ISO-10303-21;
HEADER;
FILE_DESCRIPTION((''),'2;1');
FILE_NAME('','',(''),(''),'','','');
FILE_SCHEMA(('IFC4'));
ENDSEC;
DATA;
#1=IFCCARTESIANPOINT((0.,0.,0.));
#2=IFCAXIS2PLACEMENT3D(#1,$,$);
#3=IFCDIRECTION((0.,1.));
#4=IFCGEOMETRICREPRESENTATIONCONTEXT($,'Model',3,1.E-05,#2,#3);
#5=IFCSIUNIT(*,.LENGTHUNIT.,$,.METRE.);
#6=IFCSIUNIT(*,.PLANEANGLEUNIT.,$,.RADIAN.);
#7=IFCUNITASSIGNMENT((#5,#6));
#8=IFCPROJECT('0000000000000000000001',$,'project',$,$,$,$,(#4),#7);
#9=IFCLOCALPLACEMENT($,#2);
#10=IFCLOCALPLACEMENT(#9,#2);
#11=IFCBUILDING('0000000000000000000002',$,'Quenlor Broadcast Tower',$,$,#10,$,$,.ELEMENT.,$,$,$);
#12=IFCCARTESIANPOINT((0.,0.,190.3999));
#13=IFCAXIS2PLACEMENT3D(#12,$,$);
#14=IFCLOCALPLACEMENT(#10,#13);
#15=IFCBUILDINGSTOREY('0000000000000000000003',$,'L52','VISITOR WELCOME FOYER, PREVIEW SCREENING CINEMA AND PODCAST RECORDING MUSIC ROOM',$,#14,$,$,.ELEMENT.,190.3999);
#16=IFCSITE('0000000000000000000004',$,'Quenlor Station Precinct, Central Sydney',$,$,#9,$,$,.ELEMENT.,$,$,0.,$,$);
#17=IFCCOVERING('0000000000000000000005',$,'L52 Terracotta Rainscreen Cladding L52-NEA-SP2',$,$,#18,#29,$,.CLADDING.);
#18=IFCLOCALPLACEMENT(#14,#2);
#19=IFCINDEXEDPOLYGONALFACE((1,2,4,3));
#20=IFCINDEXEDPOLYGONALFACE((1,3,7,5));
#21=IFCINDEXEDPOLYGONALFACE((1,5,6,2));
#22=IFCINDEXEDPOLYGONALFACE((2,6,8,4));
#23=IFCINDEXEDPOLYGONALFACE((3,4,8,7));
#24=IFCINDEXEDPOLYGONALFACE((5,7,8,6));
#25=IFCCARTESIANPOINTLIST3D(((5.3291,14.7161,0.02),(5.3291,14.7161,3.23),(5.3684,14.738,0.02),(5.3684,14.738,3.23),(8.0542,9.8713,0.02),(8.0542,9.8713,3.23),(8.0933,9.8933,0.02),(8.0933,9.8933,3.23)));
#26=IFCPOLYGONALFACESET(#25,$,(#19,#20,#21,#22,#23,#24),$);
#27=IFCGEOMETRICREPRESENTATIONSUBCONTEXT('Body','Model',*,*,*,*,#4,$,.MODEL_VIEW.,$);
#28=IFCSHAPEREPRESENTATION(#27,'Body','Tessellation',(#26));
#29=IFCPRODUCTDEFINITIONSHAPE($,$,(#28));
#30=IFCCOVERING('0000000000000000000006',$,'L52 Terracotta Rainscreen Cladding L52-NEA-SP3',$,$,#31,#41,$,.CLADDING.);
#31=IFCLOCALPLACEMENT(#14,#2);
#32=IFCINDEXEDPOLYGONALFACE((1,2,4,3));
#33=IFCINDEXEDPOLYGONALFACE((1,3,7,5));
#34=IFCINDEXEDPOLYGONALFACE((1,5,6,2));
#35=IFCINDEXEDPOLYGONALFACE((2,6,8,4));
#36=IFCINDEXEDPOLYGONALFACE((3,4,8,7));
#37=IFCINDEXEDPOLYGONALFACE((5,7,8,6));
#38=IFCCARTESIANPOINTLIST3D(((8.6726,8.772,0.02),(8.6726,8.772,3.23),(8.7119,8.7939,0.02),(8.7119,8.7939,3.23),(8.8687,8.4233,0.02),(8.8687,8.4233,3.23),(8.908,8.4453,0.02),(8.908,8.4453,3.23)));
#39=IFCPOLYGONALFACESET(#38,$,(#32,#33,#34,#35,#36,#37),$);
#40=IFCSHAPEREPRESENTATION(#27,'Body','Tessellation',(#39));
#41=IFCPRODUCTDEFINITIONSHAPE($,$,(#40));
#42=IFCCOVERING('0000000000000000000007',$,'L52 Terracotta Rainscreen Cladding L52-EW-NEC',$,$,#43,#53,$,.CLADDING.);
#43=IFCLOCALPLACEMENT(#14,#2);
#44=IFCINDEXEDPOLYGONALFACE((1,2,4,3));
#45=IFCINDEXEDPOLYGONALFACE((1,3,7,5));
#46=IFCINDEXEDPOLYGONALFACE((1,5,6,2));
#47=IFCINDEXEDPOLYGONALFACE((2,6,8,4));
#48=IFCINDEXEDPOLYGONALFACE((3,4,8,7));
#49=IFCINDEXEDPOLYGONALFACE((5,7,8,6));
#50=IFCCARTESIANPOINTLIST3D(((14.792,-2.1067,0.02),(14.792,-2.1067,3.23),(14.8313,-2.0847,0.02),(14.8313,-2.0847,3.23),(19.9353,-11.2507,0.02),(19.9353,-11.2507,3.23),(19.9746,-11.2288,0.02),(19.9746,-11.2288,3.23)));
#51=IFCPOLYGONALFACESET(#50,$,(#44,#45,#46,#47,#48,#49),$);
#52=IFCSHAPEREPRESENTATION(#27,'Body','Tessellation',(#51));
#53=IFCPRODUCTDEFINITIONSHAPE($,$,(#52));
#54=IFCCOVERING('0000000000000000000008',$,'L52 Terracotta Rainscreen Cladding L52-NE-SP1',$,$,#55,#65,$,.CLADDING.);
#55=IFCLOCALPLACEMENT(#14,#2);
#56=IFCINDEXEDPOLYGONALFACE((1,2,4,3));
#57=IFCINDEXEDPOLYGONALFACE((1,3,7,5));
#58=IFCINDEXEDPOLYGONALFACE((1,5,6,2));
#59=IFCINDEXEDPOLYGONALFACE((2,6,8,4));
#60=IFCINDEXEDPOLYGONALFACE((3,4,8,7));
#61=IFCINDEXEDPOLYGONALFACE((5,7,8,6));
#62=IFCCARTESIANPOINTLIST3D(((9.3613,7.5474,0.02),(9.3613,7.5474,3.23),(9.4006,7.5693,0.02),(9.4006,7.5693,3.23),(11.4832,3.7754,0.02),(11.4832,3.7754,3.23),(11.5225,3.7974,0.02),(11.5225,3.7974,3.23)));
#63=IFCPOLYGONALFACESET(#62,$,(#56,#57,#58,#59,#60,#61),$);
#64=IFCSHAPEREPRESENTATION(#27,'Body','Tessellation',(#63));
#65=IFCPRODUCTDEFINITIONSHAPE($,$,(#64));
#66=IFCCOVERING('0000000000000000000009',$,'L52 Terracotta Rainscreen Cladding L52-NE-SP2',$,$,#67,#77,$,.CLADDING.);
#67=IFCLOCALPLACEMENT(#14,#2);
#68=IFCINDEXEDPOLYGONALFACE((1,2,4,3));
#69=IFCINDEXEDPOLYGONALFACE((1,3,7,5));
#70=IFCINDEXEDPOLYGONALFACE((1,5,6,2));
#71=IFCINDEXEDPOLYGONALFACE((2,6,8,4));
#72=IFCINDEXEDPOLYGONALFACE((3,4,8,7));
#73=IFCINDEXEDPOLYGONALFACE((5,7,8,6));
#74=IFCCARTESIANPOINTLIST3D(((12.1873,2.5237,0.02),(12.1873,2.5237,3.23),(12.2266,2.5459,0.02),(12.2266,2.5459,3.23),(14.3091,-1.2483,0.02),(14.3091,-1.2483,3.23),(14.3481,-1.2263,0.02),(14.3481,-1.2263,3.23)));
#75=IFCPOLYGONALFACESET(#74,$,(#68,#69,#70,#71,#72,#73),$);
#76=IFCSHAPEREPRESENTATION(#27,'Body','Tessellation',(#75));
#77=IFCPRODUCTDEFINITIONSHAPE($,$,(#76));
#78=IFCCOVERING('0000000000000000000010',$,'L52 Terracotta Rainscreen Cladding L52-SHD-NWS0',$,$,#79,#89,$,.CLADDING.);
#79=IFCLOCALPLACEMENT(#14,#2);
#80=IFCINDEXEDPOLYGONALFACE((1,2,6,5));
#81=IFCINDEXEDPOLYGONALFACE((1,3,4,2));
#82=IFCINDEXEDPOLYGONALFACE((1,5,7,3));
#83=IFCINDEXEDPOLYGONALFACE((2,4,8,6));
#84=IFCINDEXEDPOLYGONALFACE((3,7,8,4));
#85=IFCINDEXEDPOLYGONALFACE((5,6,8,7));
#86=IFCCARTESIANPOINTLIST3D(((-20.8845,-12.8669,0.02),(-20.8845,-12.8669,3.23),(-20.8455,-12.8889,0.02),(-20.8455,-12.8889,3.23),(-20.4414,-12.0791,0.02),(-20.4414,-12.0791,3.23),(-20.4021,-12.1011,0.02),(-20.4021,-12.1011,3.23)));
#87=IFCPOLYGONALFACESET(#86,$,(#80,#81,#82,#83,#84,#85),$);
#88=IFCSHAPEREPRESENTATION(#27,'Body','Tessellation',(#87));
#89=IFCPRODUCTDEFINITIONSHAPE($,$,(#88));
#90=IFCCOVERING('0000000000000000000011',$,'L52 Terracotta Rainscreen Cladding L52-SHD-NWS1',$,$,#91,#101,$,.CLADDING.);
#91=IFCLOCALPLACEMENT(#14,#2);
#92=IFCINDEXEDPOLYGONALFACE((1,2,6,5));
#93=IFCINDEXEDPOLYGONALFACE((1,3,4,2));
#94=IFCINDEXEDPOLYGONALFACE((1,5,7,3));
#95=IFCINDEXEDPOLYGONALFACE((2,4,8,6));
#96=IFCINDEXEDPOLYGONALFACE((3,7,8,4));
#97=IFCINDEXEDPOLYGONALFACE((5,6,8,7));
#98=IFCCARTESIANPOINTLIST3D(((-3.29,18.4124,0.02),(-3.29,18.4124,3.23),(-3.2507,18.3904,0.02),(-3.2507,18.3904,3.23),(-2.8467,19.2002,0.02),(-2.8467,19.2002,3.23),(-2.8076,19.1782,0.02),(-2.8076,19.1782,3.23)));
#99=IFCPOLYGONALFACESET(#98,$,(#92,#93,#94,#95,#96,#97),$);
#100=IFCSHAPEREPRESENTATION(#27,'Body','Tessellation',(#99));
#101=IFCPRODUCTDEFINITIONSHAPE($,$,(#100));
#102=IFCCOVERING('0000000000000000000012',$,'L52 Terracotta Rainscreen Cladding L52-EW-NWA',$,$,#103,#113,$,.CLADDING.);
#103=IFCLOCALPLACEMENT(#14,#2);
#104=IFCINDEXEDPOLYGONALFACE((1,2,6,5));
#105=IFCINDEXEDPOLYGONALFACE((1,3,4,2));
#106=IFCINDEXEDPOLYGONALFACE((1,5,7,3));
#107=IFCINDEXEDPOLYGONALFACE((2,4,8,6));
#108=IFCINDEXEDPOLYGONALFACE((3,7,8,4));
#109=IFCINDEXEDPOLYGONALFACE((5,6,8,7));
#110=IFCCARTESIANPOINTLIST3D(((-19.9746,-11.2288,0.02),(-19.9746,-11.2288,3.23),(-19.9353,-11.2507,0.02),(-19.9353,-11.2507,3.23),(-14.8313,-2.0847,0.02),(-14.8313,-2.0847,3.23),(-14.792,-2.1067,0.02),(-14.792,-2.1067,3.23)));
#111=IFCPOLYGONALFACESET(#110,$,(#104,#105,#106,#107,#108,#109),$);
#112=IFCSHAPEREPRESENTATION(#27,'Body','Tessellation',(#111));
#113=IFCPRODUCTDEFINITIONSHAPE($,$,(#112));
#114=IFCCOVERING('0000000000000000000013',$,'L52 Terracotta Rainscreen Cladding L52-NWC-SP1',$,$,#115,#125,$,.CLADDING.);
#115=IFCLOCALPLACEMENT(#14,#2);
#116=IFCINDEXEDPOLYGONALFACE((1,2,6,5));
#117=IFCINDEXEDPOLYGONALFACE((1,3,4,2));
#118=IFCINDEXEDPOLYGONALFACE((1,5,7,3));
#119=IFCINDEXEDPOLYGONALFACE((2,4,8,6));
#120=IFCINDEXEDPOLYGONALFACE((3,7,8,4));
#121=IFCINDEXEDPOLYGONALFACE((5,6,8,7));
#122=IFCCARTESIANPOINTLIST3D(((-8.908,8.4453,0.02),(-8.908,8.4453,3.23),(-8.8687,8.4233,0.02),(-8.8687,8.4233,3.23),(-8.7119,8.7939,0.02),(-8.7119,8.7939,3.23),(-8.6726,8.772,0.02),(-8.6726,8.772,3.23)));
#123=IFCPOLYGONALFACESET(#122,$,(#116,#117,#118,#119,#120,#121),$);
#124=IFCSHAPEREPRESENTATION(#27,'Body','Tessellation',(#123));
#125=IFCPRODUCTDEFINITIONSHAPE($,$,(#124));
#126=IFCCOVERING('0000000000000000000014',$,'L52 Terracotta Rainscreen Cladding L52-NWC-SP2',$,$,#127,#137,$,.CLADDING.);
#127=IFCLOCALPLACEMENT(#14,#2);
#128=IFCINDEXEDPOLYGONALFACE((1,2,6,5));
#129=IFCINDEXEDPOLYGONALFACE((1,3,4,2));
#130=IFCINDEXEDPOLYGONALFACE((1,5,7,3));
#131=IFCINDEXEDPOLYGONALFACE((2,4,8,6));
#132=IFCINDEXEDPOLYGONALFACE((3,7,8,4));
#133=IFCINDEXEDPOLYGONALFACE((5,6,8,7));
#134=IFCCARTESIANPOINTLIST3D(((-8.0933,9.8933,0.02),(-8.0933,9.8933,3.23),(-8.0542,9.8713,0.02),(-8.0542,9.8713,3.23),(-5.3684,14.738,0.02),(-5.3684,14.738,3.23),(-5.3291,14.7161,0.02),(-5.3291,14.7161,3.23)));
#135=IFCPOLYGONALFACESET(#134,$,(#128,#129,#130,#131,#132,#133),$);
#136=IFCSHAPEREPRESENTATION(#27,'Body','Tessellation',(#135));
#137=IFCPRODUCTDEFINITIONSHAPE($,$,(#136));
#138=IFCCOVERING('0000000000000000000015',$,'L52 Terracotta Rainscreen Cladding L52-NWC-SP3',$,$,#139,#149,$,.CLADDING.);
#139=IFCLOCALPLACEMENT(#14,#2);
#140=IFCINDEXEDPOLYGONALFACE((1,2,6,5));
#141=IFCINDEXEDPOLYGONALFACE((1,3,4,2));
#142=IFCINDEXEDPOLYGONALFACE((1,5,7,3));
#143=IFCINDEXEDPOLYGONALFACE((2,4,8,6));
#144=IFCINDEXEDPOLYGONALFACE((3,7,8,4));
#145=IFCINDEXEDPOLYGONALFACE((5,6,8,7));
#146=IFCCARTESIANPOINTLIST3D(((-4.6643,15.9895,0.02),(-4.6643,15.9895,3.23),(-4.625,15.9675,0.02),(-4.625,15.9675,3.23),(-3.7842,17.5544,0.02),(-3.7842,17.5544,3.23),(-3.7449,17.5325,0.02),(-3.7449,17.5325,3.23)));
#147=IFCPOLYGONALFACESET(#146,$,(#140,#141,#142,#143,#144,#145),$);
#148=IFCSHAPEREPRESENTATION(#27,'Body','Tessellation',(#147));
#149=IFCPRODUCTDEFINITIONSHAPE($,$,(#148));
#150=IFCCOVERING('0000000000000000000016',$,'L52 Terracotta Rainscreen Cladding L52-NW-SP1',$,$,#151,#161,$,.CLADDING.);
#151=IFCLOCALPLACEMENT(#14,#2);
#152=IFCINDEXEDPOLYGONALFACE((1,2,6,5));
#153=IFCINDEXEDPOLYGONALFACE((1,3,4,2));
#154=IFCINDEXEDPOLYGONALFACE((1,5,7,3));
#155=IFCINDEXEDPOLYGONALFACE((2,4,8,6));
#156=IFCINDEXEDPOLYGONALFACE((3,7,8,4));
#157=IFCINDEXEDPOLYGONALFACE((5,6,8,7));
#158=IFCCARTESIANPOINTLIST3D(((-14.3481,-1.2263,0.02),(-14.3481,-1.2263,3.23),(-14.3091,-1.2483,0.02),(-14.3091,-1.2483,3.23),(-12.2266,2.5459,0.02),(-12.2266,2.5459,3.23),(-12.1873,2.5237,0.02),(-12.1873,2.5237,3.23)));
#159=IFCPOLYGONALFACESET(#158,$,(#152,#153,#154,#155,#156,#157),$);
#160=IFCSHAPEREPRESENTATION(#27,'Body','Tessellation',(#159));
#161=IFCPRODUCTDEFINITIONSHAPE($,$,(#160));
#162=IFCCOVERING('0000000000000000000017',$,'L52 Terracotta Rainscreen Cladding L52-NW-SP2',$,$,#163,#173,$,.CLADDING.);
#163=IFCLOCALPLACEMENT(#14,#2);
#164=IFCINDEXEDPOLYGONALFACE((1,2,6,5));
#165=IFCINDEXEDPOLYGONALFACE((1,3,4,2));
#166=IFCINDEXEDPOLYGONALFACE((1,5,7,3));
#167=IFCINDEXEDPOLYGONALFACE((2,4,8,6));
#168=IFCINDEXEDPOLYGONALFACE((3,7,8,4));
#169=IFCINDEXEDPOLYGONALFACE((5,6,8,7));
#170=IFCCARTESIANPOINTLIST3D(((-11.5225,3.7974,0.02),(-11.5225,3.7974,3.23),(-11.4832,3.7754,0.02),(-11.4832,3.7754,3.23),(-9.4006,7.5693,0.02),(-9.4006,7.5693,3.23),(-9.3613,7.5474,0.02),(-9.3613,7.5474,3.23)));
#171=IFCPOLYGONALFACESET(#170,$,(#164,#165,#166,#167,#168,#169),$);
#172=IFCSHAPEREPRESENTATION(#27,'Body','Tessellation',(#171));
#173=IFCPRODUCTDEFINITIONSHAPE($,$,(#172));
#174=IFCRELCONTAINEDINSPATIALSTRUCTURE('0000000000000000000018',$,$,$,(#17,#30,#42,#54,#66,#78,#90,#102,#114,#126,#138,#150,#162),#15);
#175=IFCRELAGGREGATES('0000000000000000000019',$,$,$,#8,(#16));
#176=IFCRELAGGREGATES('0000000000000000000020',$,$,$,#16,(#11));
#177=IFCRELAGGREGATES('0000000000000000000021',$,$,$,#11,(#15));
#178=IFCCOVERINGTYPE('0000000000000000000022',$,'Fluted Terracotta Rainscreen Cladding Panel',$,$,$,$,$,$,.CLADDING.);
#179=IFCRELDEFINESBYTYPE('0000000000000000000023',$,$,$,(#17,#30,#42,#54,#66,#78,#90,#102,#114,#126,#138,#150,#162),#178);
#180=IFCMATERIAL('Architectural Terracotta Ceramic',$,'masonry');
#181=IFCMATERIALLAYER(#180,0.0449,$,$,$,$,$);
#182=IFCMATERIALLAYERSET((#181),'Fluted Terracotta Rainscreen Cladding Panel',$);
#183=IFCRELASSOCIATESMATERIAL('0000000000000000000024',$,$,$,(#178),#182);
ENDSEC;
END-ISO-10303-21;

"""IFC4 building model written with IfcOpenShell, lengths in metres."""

from ifc_helpers import new_model, si_unit, direction, frame, origin, place, context, subcontext, project, spatial, polyline, outline, extrude, material, layer, layer_set, type_object, element, save


model = new_model("IFC4")

# Units and contexts
model_context = context("Model", 3, precision=1e-05, world=origin(), true_north=direction((0.0, 1.0)))
body_context = subcontext(model_context, "Body", "Model", "MODEL_VIEW")
ifc_project = project(units=[si_unit("LENGTHUNIT", "METRE"), si_unit("PLANEANGLEUNIT", "RADIAN")], contexts=[model_context])

# Site, building, storey
site_placement = place(None, origin())
site = spatial("IfcSite", under=ifc_project, at=site_placement, Name="Quenlor Station Precinct, Central Sydney", CompositionType="ELEMENT", RefElevation=0.0)
building_placement = place(site_placement, origin())
building = spatial("IfcBuilding", under=site, at=building_placement, Name="Quenlor Broadcast Tower", CompositionType="ELEMENT")
storey_placement = place(building_placement, frame((0.0, 0.0, 190.3999)))
storey = spatial("IfcBuildingStorey", under=building, at=storey_placement, Name="L52", Description="VISITOR WELCOME FOYER, PREVIEW SCREENING CINEMA AND PODCAST RECORDING MUSIC ROOM", CompositionType="ELEMENT", Elevation=190.3999)

# Coverings
ifc_material_1 = material(Name="Architectural Terracotta Ceramic", Category="masonry")
ifc_layer_1 = layer(ifc_material_1, 0.0449)
ifc_layer_set_1 = layer_set([ifc_layer_1], Name="Fluted Terracotta Rainscreen Cladding Panel")
covering_type = type_object("IfcCoveringType", Name="Fluted Terracotta Rainscreen Cladding Panel", PredefinedType="CLADDING", material=ifc_layer_set_1)
covering_1_placement = place(storey_placement, frame((0.0, 0.0, 0.02)))
element("IfcCovering", 1, at=covering_1_placement, inside=storey, type_object=covering_type, Name="L52 Terracotta Rainscreen Cladding L52-NEA-SP2", PredefinedType="CLADDING", context=body_context, shape_type="SweptSolid", body=[
    extrude(outline(polyline([(5.3291, 14.7161), (8.0542, 9.8713), (8.0933, 9.8933), (5.3684, 14.738), (5.3291, 14.7161)])), origin(), (0.0, 0.0, 1.0), 3.21),
])
covering_2_placement = place(storey_placement, frame((0.0, 0.0, 0.02)))
element("IfcCovering", 2, at=covering_2_placement, inside=storey, type_object=covering_type, Name="L52 Terracotta Rainscreen Cladding L52-NEA-SP3", PredefinedType="CLADDING", context=body_context, shape_type="SweptSolid", body=[
    extrude(outline(polyline([(8.6726, 8.772), (8.8687, 8.4233), (8.908, 8.4453), (8.7119, 8.7939), (8.6726, 8.772)])), origin(), (0.0, 0.0, 1.0), 3.21),
])
covering_3_placement = place(storey_placement, frame((0.0, 0.0, 0.02)))
element("IfcCovering", 3, at=covering_3_placement, inside=storey, type_object=covering_type, Name="L52 Terracotta Rainscreen Cladding L52-EW-NEC", PredefinedType="CLADDING", context=body_context, shape_type="SweptSolid", body=[
    extrude(outline(polyline([(14.792, -2.1067), (19.9353, -11.2507), (19.9746, -11.2288), (14.8313, -2.0847), (14.792, -2.1067)])), origin(), (0.0, 0.0, 1.0), 3.21),
])
covering_4_placement = place(storey_placement, frame((0.0, 0.0, 0.02)))
element("IfcCovering", 4, at=covering_4_placement, inside=storey, type_object=covering_type, Name="L52 Terracotta Rainscreen Cladding L52-NE-SP1", PredefinedType="CLADDING", context=body_context, shape_type="SweptSolid", body=[
    extrude(outline(polyline([(9.3613, 7.5474), (11.4832, 3.7754), (11.5225, 3.7974), (9.4006, 7.5693), (9.3613, 7.5474)])), origin(), (0.0, 0.0, 1.0), 3.21),
])
covering_5_placement = place(storey_placement, frame((0.0, 0.0, 0.02)))
element("IfcCovering", 5, at=covering_5_placement, inside=storey, type_object=covering_type, Name="L52 Terracotta Rainscreen Cladding L52-NE-SP2", PredefinedType="CLADDING", context=body_context, shape_type="SweptSolid", body=[
    extrude(outline(polyline([(12.1873, 2.5237), (14.3091, -1.2483), (14.3481, -1.2263), (12.2266, 2.5459), (12.1873, 2.5237)])), origin(), (0.0, 0.0, 1.0), 3.21),
])
covering_6_placement = place(storey_placement, frame((0.0, 0.0, 0.02)))
element("IfcCovering", 6, at=covering_6_placement, inside=storey, type_object=covering_type, Name="L52 Terracotta Rainscreen Cladding L52-SHD-NWS0", PredefinedType="CLADDING", context=body_context, shape_type="SweptSolid", body=[
    extrude(outline(polyline([(-20.8455, -12.8889), (-20.4021, -12.1011), (-20.4414, -12.0791), (-20.8845, -12.8669), (-20.8455, -12.8889)])), origin(), (0.0, 0.0, 1.0), 3.21),
])
covering_7_placement = place(storey_placement, frame((0.0, 0.0, 0.02)))
element("IfcCovering", 7, at=covering_7_placement, inside=storey, type_object=covering_type, Name="L52 Terracotta Rainscreen Cladding L52-SHD-NWS1", PredefinedType="CLADDING", context=body_context, shape_type="SweptSolid", body=[
    extrude(outline(polyline([(-3.2507, 18.3904), (-2.8076, 19.1782), (-2.8467, 19.2002), (-3.29, 18.4124), (-3.2507, 18.3904)])), origin(), (0.0, 0.0, 1.0), 3.21),
])
covering_8_placement = place(storey_placement, frame((0.0, 0.0, 0.02)))
element("IfcCovering", 8, at=covering_8_placement, inside=storey, type_object=covering_type, Name="L52 Terracotta Rainscreen Cladding L52-EW-NWA", PredefinedType="CLADDING", context=body_context, shape_type="SweptSolid", body=[
    extrude(outline(polyline([(-19.9353, -11.2507), (-14.792, -2.1067), (-14.8313, -2.0847), (-19.9746, -11.2288), (-19.9353, -11.2507)])), origin(), (0.0, 0.0, 1.0), 3.21),
])
covering_9_placement = place(storey_placement, frame((0.0, 0.0, 0.02)))
element("IfcCovering", 9, at=covering_9_placement, inside=storey, type_object=covering_type, Name="L52 Terracotta Rainscreen Cladding L52-NWC-SP1", PredefinedType="CLADDING", context=body_context, shape_type="SweptSolid", body=[
    extrude(outline(polyline([(-8.8687, 8.4233), (-8.6726, 8.772), (-8.7119, 8.7939), (-8.908, 8.4453), (-8.8687, 8.4233)])), origin(), (0.0, 0.0, 1.0), 3.21),
])
covering_10_placement = place(storey_placement, frame((0.0, 0.0, 0.02)))
element("IfcCovering", 10, at=covering_10_placement, inside=storey, type_object=covering_type, Name="L52 Terracotta Rainscreen Cladding L52-NWC-SP2", PredefinedType="CLADDING", context=body_context, shape_type="SweptSolid", body=[
    extrude(outline(polyline([(-8.0542, 9.8713), (-5.3291, 14.7161), (-5.3684, 14.738), (-8.0933, 9.8933), (-8.0542, 9.8713)])), origin(), (0.0, 0.0, 1.0), 3.21),
])
covering_11_placement = place(storey_placement, frame((0.0, 0.0, 0.02)))
element("IfcCovering", 11, at=covering_11_placement, inside=storey, type_object=covering_type, Name="L52 Terracotta Rainscreen Cladding L52-NWC-SP3", PredefinedType="CLADDING", context=body_context, shape_type="SweptSolid", body=[
    extrude(outline(polyline([(-4.625, 15.9675), (-3.7449, 17.5325), (-3.7842, 17.5544), (-4.6643, 15.9895), (-4.625, 15.9675)])), origin(), (0.0, 0.0, 1.0), 3.21),
])
covering_12_placement = place(storey_placement, frame((0.0, 0.0, 0.02)))
element("IfcCovering", 12, at=covering_12_placement, inside=storey, type_object=covering_type, Name="L52 Terracotta Rainscreen Cladding L52-NW-SP1", PredefinedType="CLADDING", context=body_context, shape_type="SweptSolid", body=[
    extrude(outline(polyline([(-14.3091, -1.2483), (-12.1873, 2.5237), (-12.2266, 2.5459), (-14.3481, -1.2263), (-14.3091, -1.2483)])), origin(), (0.0, 0.0, 1.0), 3.21),
])
covering_13_placement = place(storey_placement, frame((0.0, 0.0, 0.02)))
element("IfcCovering", 13, at=covering_13_placement, inside=storey, type_object=covering_type, Name="L52 Terracotta Rainscreen Cladding L52-NW-SP2", PredefinedType="CLADDING", context=body_context, shape_type="SweptSolid", body=[
    extrude(outline(polyline([(-11.4832, 3.7754), (-9.3613, 7.5474), (-9.4006, 7.5693), (-11.5225, 3.7974), (-11.4832, 3.7754)])), origin(), (0.0, 0.0, 1.0), 3.21),
])

save(model, "model.ifc")
